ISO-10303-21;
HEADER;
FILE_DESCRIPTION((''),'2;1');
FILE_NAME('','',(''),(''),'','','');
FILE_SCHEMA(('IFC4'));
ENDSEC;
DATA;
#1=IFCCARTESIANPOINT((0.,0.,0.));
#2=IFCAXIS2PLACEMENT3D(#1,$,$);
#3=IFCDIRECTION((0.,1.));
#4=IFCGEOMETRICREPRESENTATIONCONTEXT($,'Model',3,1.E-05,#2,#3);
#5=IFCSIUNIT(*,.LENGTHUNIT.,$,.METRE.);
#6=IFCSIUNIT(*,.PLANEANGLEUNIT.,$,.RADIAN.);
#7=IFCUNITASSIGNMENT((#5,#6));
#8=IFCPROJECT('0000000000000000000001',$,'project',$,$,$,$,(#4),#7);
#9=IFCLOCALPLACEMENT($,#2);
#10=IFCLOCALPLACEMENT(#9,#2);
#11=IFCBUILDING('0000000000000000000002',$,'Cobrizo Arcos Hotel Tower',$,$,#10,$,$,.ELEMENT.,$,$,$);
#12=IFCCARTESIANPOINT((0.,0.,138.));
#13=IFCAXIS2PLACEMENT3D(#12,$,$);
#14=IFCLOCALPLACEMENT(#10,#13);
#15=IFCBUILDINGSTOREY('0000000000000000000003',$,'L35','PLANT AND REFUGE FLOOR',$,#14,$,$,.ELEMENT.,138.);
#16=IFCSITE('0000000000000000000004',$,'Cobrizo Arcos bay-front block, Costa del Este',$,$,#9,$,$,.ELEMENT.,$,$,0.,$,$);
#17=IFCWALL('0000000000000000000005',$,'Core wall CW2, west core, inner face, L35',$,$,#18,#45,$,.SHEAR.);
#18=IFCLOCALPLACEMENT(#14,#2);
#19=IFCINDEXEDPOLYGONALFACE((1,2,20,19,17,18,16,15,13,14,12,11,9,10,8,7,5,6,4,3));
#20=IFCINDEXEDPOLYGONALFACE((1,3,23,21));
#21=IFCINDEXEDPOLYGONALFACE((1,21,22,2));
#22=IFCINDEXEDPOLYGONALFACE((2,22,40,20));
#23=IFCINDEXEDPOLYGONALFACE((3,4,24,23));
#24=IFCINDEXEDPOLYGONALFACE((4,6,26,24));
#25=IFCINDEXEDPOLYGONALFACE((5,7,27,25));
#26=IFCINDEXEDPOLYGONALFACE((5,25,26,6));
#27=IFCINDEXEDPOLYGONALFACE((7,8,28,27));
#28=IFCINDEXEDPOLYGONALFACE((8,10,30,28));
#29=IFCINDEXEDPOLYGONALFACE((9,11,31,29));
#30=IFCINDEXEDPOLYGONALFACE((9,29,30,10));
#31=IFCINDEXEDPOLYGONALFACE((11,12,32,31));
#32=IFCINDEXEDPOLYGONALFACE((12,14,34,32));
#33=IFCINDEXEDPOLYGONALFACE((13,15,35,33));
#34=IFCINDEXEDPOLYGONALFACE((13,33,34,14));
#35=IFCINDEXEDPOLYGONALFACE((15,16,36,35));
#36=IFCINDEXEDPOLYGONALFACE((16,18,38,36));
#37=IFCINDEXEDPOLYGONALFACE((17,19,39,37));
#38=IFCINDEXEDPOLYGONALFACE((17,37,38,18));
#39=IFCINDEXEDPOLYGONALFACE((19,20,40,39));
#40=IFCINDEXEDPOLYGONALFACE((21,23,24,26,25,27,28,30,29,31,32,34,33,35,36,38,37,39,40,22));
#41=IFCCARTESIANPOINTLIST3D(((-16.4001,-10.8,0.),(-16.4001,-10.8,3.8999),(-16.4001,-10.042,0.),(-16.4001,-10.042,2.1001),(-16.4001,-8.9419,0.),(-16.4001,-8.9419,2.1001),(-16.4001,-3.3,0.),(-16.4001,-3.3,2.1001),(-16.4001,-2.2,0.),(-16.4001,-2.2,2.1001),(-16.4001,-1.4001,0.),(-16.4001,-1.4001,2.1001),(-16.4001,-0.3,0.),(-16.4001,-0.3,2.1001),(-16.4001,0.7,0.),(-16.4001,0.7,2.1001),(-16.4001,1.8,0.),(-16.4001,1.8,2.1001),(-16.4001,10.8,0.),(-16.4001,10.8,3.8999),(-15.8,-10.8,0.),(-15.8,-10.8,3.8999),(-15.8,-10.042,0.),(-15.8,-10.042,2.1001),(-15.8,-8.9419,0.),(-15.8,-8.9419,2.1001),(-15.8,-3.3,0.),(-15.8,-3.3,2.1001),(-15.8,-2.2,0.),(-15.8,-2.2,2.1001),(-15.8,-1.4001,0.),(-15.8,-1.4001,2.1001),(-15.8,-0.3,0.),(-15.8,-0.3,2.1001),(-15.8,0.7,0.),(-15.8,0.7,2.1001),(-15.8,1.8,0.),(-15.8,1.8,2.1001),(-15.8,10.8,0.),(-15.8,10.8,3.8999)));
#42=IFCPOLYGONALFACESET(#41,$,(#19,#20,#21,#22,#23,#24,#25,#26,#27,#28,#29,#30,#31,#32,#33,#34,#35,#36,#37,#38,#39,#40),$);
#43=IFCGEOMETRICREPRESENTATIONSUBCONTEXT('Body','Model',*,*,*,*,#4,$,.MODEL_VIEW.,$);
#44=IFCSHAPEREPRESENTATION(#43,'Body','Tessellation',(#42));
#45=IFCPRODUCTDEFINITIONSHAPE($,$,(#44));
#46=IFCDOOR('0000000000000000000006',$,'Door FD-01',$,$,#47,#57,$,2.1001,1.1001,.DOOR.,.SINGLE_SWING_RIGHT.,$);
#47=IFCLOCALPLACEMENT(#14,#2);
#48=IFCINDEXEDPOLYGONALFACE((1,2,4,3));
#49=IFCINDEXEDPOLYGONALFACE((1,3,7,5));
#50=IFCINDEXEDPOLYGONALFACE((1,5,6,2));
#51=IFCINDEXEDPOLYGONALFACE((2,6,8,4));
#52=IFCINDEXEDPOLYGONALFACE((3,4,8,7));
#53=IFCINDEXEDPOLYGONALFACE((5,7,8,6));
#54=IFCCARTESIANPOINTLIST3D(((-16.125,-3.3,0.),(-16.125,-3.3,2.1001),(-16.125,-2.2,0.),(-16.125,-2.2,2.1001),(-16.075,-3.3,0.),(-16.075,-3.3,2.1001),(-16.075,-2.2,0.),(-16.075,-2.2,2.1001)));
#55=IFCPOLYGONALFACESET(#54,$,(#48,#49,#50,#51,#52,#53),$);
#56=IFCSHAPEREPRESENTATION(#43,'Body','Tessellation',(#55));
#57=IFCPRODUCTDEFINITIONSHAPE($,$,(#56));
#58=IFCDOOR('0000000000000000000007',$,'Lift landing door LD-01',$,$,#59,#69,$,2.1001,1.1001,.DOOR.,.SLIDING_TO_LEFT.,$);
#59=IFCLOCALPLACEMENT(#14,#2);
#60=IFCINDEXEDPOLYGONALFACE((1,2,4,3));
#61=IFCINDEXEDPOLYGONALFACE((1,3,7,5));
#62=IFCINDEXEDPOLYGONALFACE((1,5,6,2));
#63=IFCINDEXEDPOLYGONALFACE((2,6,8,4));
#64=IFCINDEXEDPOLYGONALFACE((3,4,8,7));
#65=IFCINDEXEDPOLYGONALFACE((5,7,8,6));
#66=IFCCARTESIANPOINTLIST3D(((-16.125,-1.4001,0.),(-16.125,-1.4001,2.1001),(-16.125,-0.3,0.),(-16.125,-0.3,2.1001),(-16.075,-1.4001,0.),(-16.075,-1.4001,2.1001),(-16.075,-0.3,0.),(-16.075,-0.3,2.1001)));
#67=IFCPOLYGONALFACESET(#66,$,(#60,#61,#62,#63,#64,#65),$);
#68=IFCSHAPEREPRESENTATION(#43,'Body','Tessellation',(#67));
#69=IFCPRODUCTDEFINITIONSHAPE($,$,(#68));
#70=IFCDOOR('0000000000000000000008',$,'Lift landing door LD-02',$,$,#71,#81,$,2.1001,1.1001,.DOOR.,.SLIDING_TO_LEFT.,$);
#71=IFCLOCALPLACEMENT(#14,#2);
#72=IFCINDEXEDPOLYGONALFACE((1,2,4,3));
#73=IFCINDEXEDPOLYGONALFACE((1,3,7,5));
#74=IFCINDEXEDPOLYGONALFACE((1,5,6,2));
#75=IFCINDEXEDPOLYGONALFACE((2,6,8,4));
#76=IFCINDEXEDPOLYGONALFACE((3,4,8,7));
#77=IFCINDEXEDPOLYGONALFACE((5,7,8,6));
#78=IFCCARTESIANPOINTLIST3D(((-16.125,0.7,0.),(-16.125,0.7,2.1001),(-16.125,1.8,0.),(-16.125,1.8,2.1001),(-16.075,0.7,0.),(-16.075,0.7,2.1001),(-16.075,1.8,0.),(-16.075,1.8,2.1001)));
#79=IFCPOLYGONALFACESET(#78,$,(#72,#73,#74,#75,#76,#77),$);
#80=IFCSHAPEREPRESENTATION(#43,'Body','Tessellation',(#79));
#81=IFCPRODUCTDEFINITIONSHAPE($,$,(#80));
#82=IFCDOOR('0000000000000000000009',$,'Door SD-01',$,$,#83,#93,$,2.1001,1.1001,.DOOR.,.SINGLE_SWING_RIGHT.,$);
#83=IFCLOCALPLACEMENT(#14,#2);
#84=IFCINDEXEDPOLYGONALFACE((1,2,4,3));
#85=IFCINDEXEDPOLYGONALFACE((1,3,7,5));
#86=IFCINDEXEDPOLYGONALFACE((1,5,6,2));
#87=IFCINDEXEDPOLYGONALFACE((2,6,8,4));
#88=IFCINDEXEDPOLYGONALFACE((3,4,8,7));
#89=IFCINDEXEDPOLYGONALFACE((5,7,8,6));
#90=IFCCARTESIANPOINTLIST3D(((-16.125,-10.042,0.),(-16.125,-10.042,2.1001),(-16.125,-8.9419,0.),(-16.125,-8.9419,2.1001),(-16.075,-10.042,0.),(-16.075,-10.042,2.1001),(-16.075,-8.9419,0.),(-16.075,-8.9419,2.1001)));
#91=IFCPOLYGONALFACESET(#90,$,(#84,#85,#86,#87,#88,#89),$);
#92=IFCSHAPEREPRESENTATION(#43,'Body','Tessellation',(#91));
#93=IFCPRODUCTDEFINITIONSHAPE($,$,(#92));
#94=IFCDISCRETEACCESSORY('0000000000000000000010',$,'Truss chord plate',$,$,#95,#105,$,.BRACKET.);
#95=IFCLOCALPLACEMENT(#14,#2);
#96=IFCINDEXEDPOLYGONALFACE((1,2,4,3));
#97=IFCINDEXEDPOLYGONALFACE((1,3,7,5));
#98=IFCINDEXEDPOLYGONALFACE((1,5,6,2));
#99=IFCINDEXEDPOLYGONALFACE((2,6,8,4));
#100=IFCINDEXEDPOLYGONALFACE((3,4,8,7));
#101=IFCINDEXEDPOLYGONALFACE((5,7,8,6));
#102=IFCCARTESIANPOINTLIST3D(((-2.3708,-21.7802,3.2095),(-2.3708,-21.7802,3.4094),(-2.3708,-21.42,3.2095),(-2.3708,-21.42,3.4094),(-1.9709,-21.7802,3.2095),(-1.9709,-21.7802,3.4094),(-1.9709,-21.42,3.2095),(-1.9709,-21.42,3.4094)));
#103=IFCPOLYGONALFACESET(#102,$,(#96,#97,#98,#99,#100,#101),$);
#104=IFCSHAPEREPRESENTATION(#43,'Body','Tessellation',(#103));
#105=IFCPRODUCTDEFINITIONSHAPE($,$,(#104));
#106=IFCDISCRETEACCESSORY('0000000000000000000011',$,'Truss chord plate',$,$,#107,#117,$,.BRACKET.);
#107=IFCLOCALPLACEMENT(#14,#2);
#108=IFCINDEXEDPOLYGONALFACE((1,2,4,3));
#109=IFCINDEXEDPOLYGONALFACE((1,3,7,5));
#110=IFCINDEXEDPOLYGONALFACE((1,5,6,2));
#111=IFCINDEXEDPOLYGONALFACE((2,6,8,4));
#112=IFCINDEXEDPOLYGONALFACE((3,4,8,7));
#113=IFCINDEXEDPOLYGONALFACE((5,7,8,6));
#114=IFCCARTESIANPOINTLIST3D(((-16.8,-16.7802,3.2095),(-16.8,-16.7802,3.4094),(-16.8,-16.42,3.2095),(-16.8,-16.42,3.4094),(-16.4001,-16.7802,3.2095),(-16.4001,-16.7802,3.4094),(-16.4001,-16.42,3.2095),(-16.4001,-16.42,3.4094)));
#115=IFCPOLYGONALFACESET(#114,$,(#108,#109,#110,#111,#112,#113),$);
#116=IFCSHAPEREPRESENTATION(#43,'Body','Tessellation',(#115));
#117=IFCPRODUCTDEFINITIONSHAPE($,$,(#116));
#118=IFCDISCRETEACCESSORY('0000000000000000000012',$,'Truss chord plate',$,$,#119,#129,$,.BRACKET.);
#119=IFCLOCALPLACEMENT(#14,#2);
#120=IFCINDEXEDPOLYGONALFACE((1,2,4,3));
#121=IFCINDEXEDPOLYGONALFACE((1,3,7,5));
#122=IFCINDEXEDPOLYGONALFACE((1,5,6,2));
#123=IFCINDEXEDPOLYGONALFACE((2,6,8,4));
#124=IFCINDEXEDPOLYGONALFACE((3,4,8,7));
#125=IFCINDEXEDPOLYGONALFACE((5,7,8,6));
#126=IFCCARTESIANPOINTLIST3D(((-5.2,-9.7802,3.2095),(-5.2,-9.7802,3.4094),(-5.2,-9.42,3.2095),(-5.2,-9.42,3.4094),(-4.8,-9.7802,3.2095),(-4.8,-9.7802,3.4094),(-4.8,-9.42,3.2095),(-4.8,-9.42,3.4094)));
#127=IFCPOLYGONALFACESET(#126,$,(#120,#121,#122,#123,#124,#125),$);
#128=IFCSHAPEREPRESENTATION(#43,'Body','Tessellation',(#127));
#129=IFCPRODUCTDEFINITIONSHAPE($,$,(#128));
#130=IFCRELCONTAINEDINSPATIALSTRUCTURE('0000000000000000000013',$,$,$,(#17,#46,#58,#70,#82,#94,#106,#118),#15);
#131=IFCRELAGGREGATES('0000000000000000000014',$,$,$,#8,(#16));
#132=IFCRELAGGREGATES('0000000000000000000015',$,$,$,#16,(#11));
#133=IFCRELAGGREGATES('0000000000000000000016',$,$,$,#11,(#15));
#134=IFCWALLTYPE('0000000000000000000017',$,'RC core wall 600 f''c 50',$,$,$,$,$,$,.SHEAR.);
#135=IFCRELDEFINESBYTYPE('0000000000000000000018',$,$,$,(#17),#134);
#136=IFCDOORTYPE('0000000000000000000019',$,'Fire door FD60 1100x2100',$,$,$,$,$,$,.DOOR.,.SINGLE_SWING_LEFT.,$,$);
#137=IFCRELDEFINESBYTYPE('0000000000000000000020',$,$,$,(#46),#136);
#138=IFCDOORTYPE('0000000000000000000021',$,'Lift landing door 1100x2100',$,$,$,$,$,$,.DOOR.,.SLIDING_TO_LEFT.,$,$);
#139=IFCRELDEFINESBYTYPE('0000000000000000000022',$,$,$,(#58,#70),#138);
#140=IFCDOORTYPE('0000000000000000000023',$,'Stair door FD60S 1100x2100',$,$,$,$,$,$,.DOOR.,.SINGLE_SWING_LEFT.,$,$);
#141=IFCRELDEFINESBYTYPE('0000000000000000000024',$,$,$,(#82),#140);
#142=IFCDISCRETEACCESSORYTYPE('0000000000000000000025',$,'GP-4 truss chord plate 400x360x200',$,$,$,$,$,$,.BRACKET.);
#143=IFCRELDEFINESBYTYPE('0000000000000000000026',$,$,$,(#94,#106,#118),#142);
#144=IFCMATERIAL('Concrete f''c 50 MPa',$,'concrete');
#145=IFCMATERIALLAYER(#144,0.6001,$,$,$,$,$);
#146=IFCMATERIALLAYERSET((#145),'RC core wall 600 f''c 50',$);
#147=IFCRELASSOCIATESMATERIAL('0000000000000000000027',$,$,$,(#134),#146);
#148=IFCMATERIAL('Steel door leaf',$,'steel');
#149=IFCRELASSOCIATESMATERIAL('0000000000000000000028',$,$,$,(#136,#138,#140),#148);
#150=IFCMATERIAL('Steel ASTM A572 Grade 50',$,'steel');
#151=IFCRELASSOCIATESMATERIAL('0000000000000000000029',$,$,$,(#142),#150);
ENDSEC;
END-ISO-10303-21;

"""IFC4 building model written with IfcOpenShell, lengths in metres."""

from ifc_helpers import new_model, si_unit, direction, frame, frame_2d, origin, origin_2d, place, context, subcontext, project, spatial, rectangle, extrude, material, layer, layer_set, type_object, element, fill, save


model = new_model("IFC4")

# Units and contexts
model_context = context("Model", 3, precision=1e-05, world=origin(), true_north=direction((0.0, 1.0)))
body_context = subcontext(model_context, "Body", "Model", "MODEL_VIEW")
ifc_project = project(units=[si_unit("LENGTHUNIT", "METRE"), si_unit("PLANEANGLEUNIT", "RADIAN")], contexts=[model_context])

# Site, building, storey
site_placement = place(None, origin())
site = spatial("IfcSite", under=ifc_project, at=site_placement, Name="Cobrizo Arcos bay-front block, Costa del Este", CompositionType="ELEMENT", RefElevation=0.0)
building_placement = place(site_placement, origin())
building = spatial("IfcBuilding", under=site, at=building_placement, Name="Cobrizo Arcos Hotel Tower", CompositionType="ELEMENT")
storey_placement = place(building_placement, frame((0.0, 0.0, 138.0)))
storey = spatial("IfcBuildingStorey", under=building, at=storey_placement, Name="L35", Description="PLANT AND REFUGE FLOOR", CompositionType="ELEMENT", Elevation=138.0)

# Wall, openings, doors
ifc_material_1 = material(Name="Concrete f'c 50 MPa", Category="concrete")
ifc_layer_1 = layer(ifc_material_1, 0.6001)
ifc_layer_set_1 = layer_set([ifc_layer_1], Name="RC core wall 600 f'c 50")
wall_type_1 = type_object("IfcWallType", Name="RC core wall 600 f'c 50", PredefinedType="SHEAR", material=ifc_layer_set_1)
wall_1_placement = place(storey_placement, frame((-16.1001, -10.8, 0.0), z_axis=(0.0, 0.0, 1.0), x_axis=(0.0, 1.0, 0.0)))
wall_1 = element("IfcWall", 1, at=wall_1_placement, inside=storey, type_object=wall_type_1, Name="Core wall CW2, west core, inner face, L35", PredefinedType="SHEAR", context=body_context, shape_type="SweptSolid", body=[
    extrude(rectangle(XDim=21.6001, YDim=0.6001, at=frame_2d((10.8, 0.0))), origin(), (0.0, 0.0, 1.0), 3.8999),
])
opening_1_placement = place(wall_1_placement, frame((9.3999, 0.0, 0.0)))
opening_1 = element("IfcOpeningElement", 2, at=opening_1_placement, cuts=wall_1, PredefinedType="OPENING", context=body_context, shape_type="SweptSolid", body=[
    extrude(rectangle(XDim=1.1001, YDim=2.1001, at=frame_2d((0.55, 1.05))), frame((0.0, 0.312, 0.0), z_axis=(0.0, -1.0, 0.0), x_axis=(1.0, 0.0, 0.0)), (0.0, 0.0, 1.0), 0.624),
])
opening_2_placement = place(wall_1_placement, frame((11.5, 0.0, 0.0)))
opening_2 = element("IfcOpeningElement", 3, at=opening_2_placement, cuts=wall_1, PredefinedType="OPENING", context=body_context, shape_type="SweptSolid", body=[
    extrude(rectangle(XDim=1.1001, YDim=2.1001, at=frame_2d((0.55, 1.05))), frame((0.0, 0.312, 0.0), z_axis=(0.0, -1.0, 0.0), x_axis=(1.0, 0.0, 0.0)), (0.0, 0.0, 1.0), 0.624),
])
opening_3_placement = place(wall_1_placement, frame((0.7581, 0.0, 0.0)))
opening_3 = element("IfcOpeningElement", 4, at=opening_3_placement, cuts=wall_1, PredefinedType="OPENING", context=body_context, shape_type="SweptSolid", body=[
    extrude(rectangle(XDim=1.1001, YDim=2.1001, at=frame_2d((0.55, 1.05))), frame((0.0, 0.312, 0.0), z_axis=(0.0, -1.0, 0.0), x_axis=(1.0, 0.0, 0.0)), (0.0, 0.0, 1.0), 0.624),
])
opening_4_placement = place(wall_1_placement, frame((7.5, 0.0, 0.0)))
opening_4 = element("IfcOpeningElement", 5, at=opening_4_placement, cuts=wall_1, PredefinedType="OPENING", context=body_context, shape_type="SweptSolid", body=[
    extrude(rectangle(XDim=1.1001, YDim=2.1001, at=frame_2d((0.55, 1.05))), frame((0.0, 0.312, 0.0), z_axis=(0.0, -1.0, 0.0), x_axis=(1.0, 0.0, 0.0)), (0.0, 0.0, 1.0), 0.624),
])
ifc_material_2 = material(Name="Steel door leaf", Category="steel")
door_type_1 = type_object("IfcDoorType", Name="Fire door FD60 1100x2100", OperationType="SINGLE_SWING_LEFT", PredefinedType="DOOR", material=ifc_material_2)
door_1_placement = place(opening_4_placement, origin())
door_1 = element("IfcDoor", 6, at=door_1_placement, inside=storey, type_object=door_type_1, Name="Door FD-01", OperationType="SINGLE_SWING_RIGHT", OverallHeight=2.1001, OverallWidth=1.1001, PredefinedType="DOOR", context=body_context, shape_type="SweptSolid", body=[
    extrude(rectangle(XDim=1.1001, YDim=2.1001, at=frame_2d((0.55, 1.05))), frame((0.0, 0.0249, 0.0), z_axis=(0.0, -1.0, 0.0), x_axis=(1.0, 0.0, 0.0)), (0.0, 0.0, 1.0), 0.05),
])
fill(opening_4, door_1)
door_type_2 = type_object("IfcDoorType", Name="Lift landing door 1100x2100", OperationType="SLIDING_TO_LEFT", PredefinedType="DOOR", material=ifc_material_2)
door_2_placement = place(opening_1_placement, origin())
door_2 = element("IfcDoor", 7, at=door_2_placement, inside=storey, type_object=door_type_2, Name="Lift landing door LD-01", OperationType="SLIDING_TO_LEFT", OverallHeight=2.1001, OverallWidth=1.1001, PredefinedType="DOOR", context=body_context, shape_type="SweptSolid", body=[
    extrude(rectangle(XDim=1.1001, YDim=2.1001, at=frame_2d((0.55, 1.05))), frame((0.0, 0.0249, 0.0), z_axis=(0.0, -1.0, 0.0), x_axis=(1.0, 0.0, 0.0)), (0.0, 0.0, 1.0), 0.05),
])
fill(opening_1, door_2)
door_3_placement = place(opening_2_placement, origin())
door_3 = element("IfcDoor", 8, at=door_3_placement, inside=storey, type_object=door_type_2, Name="Lift landing door LD-02", OperationType="SLIDING_TO_LEFT", OverallHeight=2.1001, OverallWidth=1.1001, PredefinedType="DOOR", context=body_context, shape_type="SweptSolid", body=[
    extrude(rectangle(XDim=1.1001, YDim=2.1001, at=frame_2d((0.55, 1.05))), frame((0.0, 0.0249, 0.0), z_axis=(0.0, -1.0, 0.0), x_axis=(1.0, 0.0, 0.0)), (0.0, 0.0, 1.0), 0.05),
])
fill(opening_2, door_3)
door_type_3 = type_object("IfcDoorType", Name="Stair door FD60S 1100x2100", OperationType="SINGLE_SWING_LEFT", PredefinedType="DOOR", material=ifc_material_2)
door_4_placement = place(opening_3_placement, origin())
door_4 = element("IfcDoor", 9, at=door_4_placement, inside=storey, type_object=door_type_3, Name="Door SD-01", OperationType="SINGLE_SWING_RIGHT", OverallHeight=2.1001, OverallWidth=1.1001, PredefinedType="DOOR", context=body_context, shape_type="SweptSolid", body=[
    extrude(rectangle(XDim=1.1001, YDim=2.1001, at=frame_2d((0.55, 1.05))), frame((0.0, 0.0249, 0.0), z_axis=(0.0, -1.0, 0.0), x_axis=(1.0, 0.0, 0.0)), (0.0, 0.0, 1.0), 0.05),
])
fill(opening_3, door_4)

# Discrete accessories
ifc_material_3 = material(Name="Steel ASTM A572 Grade 50", Category="steel")
discrete_accessory_type = type_object("IfcDiscreteAccessoryType", Name="GP-4 truss chord plate 400x360x200", PredefinedType="BRACKET", material=ifc_material_3)
for number, where, z_axis, x_axis, name in (
    (10, (-2.1709, -21.6001, 3.2095), (0.0, 0.0, 1.0), (1.0, 0.0, 0.0), "Truss chord plate"),
    (11, (-16.6001, -16.6001, 3.2095), (0.0, 0.0, 1.0), (1.0, 0.0, 0.0), "Truss chord plate"),
    (12, (-5.0, -9.6001, 3.2095), (0.0, 0.0, 1.0), (1.0, 0.0, 0.0), "Truss chord plate"),
):
    element("IfcDiscreteAccessory", number, at=place(storey_placement, frame(where, z_axis=z_axis, x_axis=x_axis)), inside=storey, type_object=discrete_accessory_type, Name=name, PredefinedType="BRACKET", context=body_context, shape_type="SweptSolid", body=[
        extrude(rectangle(XDim=0.3999, YDim=0.3601, at=origin_2d()), origin(), (0.0, 0.0, 1.0), 0.2),
    ])

save(model, "model.ifc")
